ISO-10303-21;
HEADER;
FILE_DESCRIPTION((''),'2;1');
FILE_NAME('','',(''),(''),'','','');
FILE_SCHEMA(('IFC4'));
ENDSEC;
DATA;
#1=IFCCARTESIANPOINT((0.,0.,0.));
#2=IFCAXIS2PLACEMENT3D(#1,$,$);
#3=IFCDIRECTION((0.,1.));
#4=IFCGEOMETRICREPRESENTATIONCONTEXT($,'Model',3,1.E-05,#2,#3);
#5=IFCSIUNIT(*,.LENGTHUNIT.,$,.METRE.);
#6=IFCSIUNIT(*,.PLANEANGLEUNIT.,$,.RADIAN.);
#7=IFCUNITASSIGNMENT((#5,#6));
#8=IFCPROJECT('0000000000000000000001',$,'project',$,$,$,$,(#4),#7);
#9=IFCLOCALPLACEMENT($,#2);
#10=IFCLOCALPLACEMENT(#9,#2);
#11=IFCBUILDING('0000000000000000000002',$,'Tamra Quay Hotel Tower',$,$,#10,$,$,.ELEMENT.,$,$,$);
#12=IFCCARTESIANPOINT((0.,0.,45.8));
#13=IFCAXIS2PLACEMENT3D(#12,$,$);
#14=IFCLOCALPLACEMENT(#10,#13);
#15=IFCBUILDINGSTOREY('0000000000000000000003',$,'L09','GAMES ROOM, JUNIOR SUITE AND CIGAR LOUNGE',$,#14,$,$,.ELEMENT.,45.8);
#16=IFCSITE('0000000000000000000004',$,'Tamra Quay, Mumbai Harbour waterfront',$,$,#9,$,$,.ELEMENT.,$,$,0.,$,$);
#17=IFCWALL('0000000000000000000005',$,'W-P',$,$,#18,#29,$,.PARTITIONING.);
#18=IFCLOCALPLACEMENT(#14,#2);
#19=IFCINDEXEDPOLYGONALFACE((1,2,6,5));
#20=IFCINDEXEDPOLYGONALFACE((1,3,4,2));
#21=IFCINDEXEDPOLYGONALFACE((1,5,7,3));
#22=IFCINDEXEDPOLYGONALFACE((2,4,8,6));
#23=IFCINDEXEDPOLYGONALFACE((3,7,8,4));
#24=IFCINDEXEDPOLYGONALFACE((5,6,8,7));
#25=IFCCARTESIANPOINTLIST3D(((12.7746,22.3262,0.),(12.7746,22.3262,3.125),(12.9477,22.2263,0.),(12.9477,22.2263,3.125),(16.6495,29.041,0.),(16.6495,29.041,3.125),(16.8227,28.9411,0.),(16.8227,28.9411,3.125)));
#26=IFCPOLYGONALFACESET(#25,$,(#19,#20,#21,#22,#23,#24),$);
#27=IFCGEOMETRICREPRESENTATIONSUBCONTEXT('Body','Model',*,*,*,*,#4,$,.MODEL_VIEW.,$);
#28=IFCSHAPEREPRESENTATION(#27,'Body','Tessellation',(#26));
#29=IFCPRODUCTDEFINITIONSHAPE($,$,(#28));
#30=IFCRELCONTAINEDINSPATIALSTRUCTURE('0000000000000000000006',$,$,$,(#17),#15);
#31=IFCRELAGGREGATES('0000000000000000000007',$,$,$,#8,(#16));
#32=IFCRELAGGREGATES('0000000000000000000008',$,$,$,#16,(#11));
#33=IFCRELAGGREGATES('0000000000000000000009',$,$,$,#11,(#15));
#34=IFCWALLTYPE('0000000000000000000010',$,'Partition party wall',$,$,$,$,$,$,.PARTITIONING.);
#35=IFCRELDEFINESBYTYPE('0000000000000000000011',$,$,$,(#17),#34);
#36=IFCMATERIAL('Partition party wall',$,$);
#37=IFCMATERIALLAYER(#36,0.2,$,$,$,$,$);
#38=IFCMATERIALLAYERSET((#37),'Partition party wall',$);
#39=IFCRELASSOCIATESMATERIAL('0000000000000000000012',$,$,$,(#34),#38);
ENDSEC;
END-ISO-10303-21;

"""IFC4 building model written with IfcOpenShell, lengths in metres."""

from ifc_helpers import new_model, si_unit, direction, frame, frame_2d, origin, place, context, subcontext, project, spatial, rectangle, extrude, material, layer, layer_set, type_object, element, save


model = new_model("IFC4")

# Units and contexts
model_context = context("Model", 3, precision=1e-05, world=origin(), true_north=direction((0.0, 1.0)))
body_context = subcontext(model_context, "Body", "Model", "MODEL_VIEW")
ifc_project = project(units=[si_unit("LENGTHUNIT", "METRE"), si_unit("PLANEANGLEUNIT", "RADIAN")], contexts=[model_context])

# Site, building, storey
site_placement = place(None, origin())
site = spatial("IfcSite", under=ifc_project, at=site_placement, Name="Tamra Quay, Mumbai Harbour waterfront", CompositionType="ELEMENT", RefElevation=0.0)
building_placement = place(site_placement, origin())
building = spatial("IfcBuilding", under=site, at=building_placement, Name="Tamra Quay Hotel Tower", CompositionType="ELEMENT")
storey_placement = place(building_placement, frame((0.0, 0.0, 45.8)))
storey = spatial("IfcBuildingStorey", under=building, at=storey_placement, Name="L09", Description="GAMES ROOM, JUNIOR SUITE AND CIGAR LOUNGE", CompositionType="ELEMENT", Elevation=45.8)

# Wall
ifc_material_1 = material(Name="Partition party wall")
ifc_layer_1 = layer(ifc_material_1, 0.2)
ifc_layer_set_1 = layer_set([ifc_layer_1], Name="Partition party wall")
wall_type_1 = type_object("IfcWallType", Name="Partition party wall", PredefinedType="PARTITIONING", material=ifc_layer_set_1)
wall_1_placement = place(storey_placement, frame((12.8611, 22.2761, 0.0), z_axis=(0.0, 0.0, 1.0), x_axis=(0.499824, 0.866127, 0.0)))
element("IfcWall", 1, at=wall_1_placement, inside=storey, type_object=wall_type_1, Name="W-P", PredefinedType="PARTITIONING", context=body_context, shape_type="SweptSolid", body=[
    extrude(rectangle(XDim=7.7527, YDim=0.2, at=frame_2d((3.8765, 0.0))), origin(), (0.0, 0.0, 1.0), 3.125),
])

save(model, "model.ifc")
